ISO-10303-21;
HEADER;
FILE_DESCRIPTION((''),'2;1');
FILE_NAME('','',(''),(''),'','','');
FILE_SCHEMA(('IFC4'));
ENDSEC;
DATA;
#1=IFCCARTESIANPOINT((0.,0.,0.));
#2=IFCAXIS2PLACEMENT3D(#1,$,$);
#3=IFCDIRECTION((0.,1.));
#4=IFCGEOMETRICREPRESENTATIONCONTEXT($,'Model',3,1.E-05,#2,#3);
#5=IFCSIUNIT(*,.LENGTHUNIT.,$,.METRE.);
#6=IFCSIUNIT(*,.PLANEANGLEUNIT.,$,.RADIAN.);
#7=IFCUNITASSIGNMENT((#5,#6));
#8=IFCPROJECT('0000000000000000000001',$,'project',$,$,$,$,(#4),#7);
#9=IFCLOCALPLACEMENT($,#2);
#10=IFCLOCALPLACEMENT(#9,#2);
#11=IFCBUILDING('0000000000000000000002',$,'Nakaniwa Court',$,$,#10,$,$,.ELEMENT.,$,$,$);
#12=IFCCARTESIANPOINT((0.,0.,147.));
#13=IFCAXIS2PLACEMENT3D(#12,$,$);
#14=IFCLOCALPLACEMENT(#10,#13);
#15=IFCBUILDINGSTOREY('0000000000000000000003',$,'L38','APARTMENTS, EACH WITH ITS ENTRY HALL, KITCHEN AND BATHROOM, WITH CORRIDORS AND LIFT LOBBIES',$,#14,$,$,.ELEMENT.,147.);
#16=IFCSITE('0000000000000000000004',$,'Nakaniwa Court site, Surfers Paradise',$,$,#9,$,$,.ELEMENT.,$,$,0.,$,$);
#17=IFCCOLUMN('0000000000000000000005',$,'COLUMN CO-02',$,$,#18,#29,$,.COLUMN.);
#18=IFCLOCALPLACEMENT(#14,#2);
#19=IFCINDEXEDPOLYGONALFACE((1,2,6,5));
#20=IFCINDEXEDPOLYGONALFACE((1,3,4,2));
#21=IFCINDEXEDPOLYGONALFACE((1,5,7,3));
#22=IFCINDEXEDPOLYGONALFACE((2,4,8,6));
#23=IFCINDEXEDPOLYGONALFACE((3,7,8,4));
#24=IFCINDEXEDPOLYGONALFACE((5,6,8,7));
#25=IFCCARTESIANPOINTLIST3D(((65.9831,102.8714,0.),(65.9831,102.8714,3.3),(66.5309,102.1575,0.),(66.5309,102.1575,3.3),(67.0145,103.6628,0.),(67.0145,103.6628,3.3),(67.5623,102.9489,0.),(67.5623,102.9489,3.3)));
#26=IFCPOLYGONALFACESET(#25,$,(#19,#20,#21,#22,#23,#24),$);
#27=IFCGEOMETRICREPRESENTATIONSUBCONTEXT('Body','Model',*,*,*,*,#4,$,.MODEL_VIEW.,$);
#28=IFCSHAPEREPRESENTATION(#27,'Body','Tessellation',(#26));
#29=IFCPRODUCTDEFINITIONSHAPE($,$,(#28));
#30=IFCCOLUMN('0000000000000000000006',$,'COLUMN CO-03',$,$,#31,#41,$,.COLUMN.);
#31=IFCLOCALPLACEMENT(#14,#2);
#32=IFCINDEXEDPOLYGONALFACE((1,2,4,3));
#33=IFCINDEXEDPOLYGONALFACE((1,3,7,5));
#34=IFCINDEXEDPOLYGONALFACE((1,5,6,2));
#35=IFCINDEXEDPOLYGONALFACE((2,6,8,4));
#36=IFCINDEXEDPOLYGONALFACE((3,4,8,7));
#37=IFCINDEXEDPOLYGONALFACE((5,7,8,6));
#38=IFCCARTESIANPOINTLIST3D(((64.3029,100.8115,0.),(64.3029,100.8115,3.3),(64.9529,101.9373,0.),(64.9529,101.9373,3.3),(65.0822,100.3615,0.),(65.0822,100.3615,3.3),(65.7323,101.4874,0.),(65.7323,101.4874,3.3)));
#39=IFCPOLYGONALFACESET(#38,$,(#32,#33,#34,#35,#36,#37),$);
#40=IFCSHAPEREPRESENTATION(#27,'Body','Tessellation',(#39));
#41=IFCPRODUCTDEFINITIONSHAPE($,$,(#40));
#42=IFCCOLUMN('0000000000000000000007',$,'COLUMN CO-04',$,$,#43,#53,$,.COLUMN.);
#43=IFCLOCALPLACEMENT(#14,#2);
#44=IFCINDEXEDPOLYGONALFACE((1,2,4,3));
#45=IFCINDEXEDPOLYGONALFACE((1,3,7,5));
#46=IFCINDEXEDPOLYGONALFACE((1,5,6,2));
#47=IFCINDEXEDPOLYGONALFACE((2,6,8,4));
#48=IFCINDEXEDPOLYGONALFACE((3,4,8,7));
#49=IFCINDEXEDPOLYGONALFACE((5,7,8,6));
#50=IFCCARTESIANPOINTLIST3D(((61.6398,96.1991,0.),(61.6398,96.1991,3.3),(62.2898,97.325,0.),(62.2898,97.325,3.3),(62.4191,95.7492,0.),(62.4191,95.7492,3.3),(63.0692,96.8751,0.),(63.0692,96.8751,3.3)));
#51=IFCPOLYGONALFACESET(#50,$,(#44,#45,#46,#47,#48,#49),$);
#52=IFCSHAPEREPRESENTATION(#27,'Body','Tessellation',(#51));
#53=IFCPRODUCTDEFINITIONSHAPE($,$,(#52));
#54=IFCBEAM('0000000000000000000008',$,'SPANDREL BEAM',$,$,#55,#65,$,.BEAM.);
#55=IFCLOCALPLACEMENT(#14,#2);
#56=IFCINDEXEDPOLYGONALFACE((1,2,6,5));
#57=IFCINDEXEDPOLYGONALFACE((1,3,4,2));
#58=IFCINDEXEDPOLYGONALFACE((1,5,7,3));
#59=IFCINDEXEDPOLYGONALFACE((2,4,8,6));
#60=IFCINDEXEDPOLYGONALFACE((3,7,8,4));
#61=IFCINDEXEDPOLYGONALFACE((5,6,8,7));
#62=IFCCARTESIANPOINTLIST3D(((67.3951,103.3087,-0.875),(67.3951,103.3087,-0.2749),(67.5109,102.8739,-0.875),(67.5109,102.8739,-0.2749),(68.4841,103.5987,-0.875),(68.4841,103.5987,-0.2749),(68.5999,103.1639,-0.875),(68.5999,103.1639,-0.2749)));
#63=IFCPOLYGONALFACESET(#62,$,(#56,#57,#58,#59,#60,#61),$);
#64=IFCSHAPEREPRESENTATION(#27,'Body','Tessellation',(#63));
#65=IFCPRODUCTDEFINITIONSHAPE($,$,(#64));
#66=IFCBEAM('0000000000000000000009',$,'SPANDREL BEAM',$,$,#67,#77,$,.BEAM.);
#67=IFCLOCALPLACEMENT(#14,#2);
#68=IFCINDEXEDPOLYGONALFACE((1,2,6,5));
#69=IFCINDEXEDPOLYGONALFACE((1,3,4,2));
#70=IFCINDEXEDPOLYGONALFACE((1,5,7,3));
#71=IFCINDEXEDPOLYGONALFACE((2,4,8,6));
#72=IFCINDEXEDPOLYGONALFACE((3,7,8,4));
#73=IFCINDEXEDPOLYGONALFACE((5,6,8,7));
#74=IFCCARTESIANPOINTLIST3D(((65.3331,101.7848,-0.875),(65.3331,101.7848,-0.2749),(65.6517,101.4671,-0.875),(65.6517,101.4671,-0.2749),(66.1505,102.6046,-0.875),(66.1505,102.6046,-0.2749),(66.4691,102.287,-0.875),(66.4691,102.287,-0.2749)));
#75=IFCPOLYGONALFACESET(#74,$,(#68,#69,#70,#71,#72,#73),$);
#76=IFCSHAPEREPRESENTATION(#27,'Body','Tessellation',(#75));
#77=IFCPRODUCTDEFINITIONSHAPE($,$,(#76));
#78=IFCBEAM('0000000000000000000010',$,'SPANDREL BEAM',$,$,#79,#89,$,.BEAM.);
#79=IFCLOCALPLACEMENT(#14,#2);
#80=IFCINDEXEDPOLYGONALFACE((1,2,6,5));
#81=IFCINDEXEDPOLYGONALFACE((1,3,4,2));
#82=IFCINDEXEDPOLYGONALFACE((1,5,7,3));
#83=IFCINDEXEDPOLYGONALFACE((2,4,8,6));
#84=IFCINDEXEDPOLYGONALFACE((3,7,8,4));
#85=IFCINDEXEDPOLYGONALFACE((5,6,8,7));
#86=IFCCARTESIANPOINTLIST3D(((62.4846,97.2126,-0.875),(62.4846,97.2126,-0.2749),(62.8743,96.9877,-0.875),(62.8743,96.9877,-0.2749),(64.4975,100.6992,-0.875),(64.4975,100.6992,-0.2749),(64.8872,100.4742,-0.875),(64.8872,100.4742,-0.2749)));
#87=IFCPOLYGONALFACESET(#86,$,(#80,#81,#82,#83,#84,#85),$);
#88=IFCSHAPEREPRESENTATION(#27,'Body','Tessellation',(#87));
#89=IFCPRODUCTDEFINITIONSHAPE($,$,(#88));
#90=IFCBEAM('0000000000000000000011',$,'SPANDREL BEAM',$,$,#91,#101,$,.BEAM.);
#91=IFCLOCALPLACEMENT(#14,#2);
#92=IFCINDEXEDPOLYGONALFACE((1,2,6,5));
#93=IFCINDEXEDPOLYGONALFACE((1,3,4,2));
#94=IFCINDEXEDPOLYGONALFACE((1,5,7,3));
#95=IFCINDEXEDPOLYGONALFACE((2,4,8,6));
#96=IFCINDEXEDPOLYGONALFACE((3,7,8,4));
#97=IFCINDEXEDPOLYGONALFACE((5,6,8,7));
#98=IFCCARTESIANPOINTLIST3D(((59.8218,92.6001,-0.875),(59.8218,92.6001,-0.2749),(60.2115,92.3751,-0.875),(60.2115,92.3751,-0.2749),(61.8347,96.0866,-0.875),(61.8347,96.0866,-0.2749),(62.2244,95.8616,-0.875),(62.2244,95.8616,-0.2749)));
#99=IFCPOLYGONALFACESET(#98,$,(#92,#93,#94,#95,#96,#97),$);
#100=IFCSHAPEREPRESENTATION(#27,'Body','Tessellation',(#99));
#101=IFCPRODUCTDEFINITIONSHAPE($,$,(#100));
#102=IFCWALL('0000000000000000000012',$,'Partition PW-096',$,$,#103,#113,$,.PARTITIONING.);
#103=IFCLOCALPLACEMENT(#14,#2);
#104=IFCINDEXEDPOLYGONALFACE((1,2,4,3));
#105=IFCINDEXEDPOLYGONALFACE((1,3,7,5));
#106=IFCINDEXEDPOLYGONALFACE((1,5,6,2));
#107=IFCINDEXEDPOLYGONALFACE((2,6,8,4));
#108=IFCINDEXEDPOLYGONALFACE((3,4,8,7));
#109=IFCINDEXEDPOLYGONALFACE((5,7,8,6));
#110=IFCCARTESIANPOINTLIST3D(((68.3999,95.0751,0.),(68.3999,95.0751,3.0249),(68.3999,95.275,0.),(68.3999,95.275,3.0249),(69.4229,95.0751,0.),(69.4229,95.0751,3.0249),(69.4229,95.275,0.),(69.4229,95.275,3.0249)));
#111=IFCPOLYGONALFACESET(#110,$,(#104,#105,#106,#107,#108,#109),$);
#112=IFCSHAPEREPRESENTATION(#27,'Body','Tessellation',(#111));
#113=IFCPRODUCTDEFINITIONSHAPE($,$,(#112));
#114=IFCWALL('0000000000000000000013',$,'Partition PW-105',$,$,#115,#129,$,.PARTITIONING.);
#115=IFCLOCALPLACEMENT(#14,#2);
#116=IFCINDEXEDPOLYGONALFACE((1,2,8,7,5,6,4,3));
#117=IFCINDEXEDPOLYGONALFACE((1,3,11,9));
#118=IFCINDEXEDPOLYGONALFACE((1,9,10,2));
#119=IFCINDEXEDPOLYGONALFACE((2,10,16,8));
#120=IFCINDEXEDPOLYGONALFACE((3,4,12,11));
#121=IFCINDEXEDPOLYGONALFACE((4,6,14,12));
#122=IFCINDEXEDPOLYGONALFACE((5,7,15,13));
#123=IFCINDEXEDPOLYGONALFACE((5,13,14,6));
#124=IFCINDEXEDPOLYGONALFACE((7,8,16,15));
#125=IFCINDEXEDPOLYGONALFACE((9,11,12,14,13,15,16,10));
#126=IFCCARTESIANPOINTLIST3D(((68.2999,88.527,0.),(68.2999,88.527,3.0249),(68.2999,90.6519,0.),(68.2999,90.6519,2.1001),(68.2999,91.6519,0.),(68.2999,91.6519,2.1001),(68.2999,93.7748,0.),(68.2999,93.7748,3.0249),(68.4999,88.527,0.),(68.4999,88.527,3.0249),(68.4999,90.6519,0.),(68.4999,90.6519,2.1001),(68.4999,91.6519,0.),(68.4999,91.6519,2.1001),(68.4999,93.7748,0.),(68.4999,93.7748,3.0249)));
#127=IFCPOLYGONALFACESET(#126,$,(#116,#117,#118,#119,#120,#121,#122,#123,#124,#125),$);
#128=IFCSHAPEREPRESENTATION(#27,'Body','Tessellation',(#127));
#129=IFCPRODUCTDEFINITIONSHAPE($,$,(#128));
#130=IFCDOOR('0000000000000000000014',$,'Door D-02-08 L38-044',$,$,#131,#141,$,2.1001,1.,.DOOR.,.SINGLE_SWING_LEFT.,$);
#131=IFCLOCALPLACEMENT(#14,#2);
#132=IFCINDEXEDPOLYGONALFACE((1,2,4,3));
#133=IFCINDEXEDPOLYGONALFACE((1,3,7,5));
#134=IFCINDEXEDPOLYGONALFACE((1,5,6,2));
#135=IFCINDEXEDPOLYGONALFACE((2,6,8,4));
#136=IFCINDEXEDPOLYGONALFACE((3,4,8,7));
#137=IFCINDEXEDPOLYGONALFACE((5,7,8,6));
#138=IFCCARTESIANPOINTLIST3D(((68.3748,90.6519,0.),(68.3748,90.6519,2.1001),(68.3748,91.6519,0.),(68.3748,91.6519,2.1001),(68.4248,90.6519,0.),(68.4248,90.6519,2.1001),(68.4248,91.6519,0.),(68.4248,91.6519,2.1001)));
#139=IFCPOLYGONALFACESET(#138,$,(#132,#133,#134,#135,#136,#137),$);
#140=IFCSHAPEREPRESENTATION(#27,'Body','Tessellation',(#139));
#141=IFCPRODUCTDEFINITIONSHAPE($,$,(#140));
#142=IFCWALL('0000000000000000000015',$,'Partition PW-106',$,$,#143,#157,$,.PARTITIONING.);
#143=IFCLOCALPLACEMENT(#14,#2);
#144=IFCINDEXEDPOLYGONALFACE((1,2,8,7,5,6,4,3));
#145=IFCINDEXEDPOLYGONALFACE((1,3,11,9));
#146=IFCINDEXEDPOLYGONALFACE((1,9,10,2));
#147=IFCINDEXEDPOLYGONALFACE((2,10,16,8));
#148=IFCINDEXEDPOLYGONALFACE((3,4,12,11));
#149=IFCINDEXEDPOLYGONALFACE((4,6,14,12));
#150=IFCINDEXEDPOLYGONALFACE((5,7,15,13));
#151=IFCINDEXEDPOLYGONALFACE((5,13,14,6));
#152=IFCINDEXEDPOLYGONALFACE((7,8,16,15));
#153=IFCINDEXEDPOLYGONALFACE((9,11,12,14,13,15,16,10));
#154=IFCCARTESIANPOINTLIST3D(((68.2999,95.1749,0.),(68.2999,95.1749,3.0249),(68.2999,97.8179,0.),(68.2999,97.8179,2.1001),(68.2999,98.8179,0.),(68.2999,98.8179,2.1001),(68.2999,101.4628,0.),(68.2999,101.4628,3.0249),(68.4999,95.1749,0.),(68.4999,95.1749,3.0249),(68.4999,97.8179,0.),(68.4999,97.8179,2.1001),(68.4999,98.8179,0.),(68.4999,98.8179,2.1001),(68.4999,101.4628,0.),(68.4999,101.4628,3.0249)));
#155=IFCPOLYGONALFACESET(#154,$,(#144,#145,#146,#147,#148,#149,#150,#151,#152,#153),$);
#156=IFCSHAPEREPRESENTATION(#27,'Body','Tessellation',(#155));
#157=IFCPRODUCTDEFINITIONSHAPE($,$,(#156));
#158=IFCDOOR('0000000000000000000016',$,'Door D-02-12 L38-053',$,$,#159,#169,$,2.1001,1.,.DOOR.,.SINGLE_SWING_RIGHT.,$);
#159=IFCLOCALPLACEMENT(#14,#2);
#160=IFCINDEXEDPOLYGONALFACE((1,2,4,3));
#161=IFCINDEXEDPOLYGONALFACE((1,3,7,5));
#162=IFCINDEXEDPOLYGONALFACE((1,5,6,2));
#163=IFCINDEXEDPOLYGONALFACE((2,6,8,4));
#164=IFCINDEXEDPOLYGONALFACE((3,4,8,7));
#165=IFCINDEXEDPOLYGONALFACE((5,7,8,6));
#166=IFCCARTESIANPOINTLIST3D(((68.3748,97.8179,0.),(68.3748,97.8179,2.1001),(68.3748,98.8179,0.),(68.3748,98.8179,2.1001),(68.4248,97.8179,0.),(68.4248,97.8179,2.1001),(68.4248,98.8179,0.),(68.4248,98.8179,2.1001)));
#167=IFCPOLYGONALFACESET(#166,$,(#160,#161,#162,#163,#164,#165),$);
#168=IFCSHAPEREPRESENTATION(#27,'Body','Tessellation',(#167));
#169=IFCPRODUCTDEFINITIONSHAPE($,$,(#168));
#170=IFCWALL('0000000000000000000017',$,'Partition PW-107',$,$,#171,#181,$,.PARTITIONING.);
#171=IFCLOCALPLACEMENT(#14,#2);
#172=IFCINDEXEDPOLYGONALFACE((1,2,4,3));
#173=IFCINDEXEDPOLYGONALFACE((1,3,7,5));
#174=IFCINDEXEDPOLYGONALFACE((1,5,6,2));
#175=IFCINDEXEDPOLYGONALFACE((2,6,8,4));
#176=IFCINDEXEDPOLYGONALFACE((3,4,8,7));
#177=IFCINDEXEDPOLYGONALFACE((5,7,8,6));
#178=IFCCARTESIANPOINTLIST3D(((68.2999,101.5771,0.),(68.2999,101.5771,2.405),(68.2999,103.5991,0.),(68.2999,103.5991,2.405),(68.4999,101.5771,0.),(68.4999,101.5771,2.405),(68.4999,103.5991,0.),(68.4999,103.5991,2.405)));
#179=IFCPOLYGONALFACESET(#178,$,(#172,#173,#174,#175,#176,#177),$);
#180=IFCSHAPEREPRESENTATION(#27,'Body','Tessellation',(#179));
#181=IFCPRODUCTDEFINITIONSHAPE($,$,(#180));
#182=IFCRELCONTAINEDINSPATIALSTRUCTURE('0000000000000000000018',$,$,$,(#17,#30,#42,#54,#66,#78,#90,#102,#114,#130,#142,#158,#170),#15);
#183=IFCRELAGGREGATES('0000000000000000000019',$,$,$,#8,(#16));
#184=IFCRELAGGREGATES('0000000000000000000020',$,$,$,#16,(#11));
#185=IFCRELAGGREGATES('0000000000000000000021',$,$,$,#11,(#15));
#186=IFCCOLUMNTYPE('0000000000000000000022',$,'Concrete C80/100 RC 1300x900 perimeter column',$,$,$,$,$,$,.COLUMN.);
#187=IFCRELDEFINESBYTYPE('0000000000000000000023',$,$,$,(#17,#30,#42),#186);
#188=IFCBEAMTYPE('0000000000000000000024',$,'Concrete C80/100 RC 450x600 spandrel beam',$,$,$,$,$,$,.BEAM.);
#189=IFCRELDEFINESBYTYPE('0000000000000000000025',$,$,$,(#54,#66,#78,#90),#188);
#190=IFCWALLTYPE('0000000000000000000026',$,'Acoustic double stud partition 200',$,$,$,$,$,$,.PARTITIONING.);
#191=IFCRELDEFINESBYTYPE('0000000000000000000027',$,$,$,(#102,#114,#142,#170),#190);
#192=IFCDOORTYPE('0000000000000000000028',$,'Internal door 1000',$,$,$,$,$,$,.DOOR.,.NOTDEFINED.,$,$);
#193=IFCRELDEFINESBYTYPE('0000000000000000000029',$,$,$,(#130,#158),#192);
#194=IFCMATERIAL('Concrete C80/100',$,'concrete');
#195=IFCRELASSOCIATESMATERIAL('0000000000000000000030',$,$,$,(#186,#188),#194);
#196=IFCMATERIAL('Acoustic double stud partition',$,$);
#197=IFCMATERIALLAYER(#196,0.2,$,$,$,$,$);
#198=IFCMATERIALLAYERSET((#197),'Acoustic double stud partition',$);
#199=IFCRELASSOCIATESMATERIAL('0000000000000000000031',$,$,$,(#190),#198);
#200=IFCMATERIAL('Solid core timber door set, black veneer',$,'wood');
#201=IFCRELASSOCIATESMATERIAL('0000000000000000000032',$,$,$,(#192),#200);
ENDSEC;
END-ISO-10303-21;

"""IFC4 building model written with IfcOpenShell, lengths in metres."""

from ifc_helpers import new_model, si_unit, direction, frame, frame_2d, origin, origin_2d, place, context, subcontext, project, spatial, rectangle, extrude, material, layer, layer_set, material_profile, profile_set, type_object, element, fill, save


model = new_model("IFC4")

# Units and contexts
model_context = context("Model", 3, precision=1e-05, world=origin(), true_north=direction((0.0, 1.0)))
body_context = subcontext(model_context, "Body", "Model", "MODEL_VIEW")
ifc_project = project(units=[si_unit("LENGTHUNIT", "METRE"), si_unit("PLANEANGLEUNIT", "RADIAN")], contexts=[model_context])

# Site, building, storey
site_placement = place(None, origin())
site = spatial("IfcSite", under=ifc_project, at=site_placement, Name="Nakaniwa Court site, Surfers Paradise", CompositionType="ELEMENT", RefElevation=0.0)
building_placement = place(site_placement, origin())
building = spatial("IfcBuilding", under=site, at=building_placement, Name="Nakaniwa Court", CompositionType="ELEMENT")
storey_placement = place(building_placement, frame((0.0, 0.0, 147.0)))
storey = spatial("IfcBuildingStorey", under=building, at=storey_placement, Name="L38", Description="APARTMENTS, EACH WITH ITS ENTRY HALL, KITCHEN AND BATHROOM, WITH CORRIDORS AND LIFT LOBBIES", CompositionType="ELEMENT", Elevation=147.0)

# Columns
ifc_material_1 = material(Name="Concrete C80/100", Category="concrete")
ifc_material_profile_1 = material_profile(ifc_material_1, rectangle(XDim=1.3, YDim=0.8999, at=origin_2d()), Name="Concrete C80/100 RC 1300x900 perimeter column")
ifc_profile_set_1 = profile_set([ifc_material_profile_1], Name="Concrete C80/100")
column_type = type_object("IfcColumnType", Name="Concrete C80/100 RC 1300x900 perimeter column", PredefinedType="COLUMN", material=ifc_profile_set_1)
for number, where, z_axis, x_axis, name in (
    (1, (66.7727, 102.9102, 0.0), (0.0, 0.0, 1.0), (-0.793364, -0.608748, 0.0), "COLUMN CO-02"),
    (2, (65.0176, 101.1494, 0.0), (0.0, 0.0, 1.0), (-0.5, -0.866025, 0.0), "COLUMN CO-03"),
    (3, (62.3545, 96.5371, 0.0), (0.0, 0.0, 1.0), (-0.5, -0.866025, 0.0), "COLUMN CO-04"),
):
    element("IfcColumn", number, at=place(storey_placement, frame(where, z_axis=z_axis, x_axis=x_axis)), inside=storey, type_object=column_type, Name=name, PredefinedType="COLUMN", context=body_context, shape_type="SweptSolid", body=[
        extrude(rectangle(XDim=1.3, YDim=0.8999, at=origin_2d()), origin(), (0.0, 0.0, 1.0), 3.3),
    ])

# Beams
ifc_material_profile_2 = material_profile(ifc_material_1, rectangle(XDim=0.45, YDim=0.6001, at=origin_2d()), Name="Concrete C80/100 RC 450x600 spandrel beam")
ifc_profile_set_2 = profile_set([ifc_material_profile_2], Name="Concrete C80/100")
beam_type = type_object("IfcBeamType", Name="Concrete C80/100 RC 450x600 spandrel beam", PredefinedType="BEAM", material=ifc_profile_set_2)
beam_1_placement = place(storey_placement, frame((68.542, 103.3813, -0.575), z_axis=(-0.966321, -0.257339, 0.0), x_axis=(0.257339, -0.966321, 0.0)))
element("IfcBeam", 4, at=beam_1_placement, inside=storey, type_object=beam_type, Name="SPANDREL BEAM", PredefinedType="BEAM", context=body_context, shape_type="SweptSolid", body=[
    extrude(rectangle(XDim=0.45, YDim=0.6001, at=origin_2d()), origin(), (0.0, 0.0, 1.0), 1.127),
])
beam_2_placement = place(storey_placement, frame((66.3098, 102.4458, -0.575), z_axis=(-0.706052, -0.70816, 0.0), x_axis=(0.70816, -0.706052, 0.0)))
element("IfcBeam", 5, at=beam_2_placement, inside=storey, type_object=beam_type, Name="SPANDREL BEAM", PredefinedType="BEAM", context=body_context, shape_type="SweptSolid", body=[
    extrude(rectangle(XDim=0.45, YDim=0.6001, at=origin_2d()), origin(), (0.0, 0.0, 1.0), 1.1577),
])
for number, where, z_axis, x_axis, name in (
    (6, (64.6924, 100.5867, -0.575), (-0.499994, -0.866029, 0.0), (0.866029, -0.499994, 0.0), "SPANDREL BEAM"),
    (7, (62.0295, 95.9741, -0.575), (-0.499994, -0.866029, 0.0), (0.866029, -0.499994, 0.0), "SPANDREL BEAM"),
):
    element("IfcBeam", number, at=place(storey_placement, frame(where, z_axis=z_axis, x_axis=x_axis)), inside=storey, type_object=beam_type, Name=name, PredefinedType="BEAM", context=body_context, shape_type="SweptSolid", body=[
        extrude(rectangle(XDim=0.45, YDim=0.6001, at=origin_2d()), origin(), (0.0, 0.0, 1.0), 4.0259),
    ])

# Wall
ifc_material_2 = material(Name="Acoustic double stud partition")
ifc_layer_1 = layer(ifc_material_2, 0.2)
ifc_layer_set_1 = layer_set([ifc_layer_1], Name="Acoustic double stud partition")
wall_type_1 = type_object("IfcWallType", Name="Acoustic double stud partition 200", PredefinedType="PARTITIONING", material=ifc_layer_set_1)
wall_1_placement = place(storey_placement, frame((68.3999, 95.175, 0.0), z_axis=(0.0, 0.0, 1.0), x_axis=(1.0, 0.0, 0.0)))
element("IfcWall", 8, at=wall_1_placement, inside=storey, type_object=wall_type_1, Name="Partition PW-096", PredefinedType="PARTITIONING", context=body_context, shape_type="SweptSolid", body=[
    extrude(rectangle(XDim=1.0229, YDim=0.2, at=frame_2d((0.5115, 0.0))), origin(), (0.0, 0.0, 1.0), 3.0249),
])

# Walls, openings, doors
wall_2_placement = place(storey_placement, frame((68.3999, 93.7749, 0.0), z_axis=(0.0, 0.0, 1.0), x_axis=(0.0, -1.0, 0.0)))
wall_2 = element("IfcWall", 9, at=wall_2_placement, inside=storey, type_object=wall_type_1, Name="Partition PW-105", PredefinedType="PARTITIONING", context=body_context, shape_type="SweptSolid", body=[
    extrude(rectangle(XDim=5.2478, YDim=0.2, at=frame_2d((2.624, 0.0))), origin(), (0.0, 0.0, 1.0), 3.0249),
])
opening_1_placement = place(wall_2_placement, frame((2.123, 0.0, 0.0)))
opening_1 = element("IfcOpeningElement", 10, at=opening_1_placement, cuts=wall_2, PredefinedType="OPENING", context=body_context, shape_type="SweptSolid", body=[
    extrude(rectangle(XDim=1.0, YDim=2.1001, at=frame_2d((0.5, 1.05))), frame((0.0, 0.1099, 0.0), z_axis=(0.0, -1.0, 0.0), x_axis=(1.0, 0.0, 0.0)), (0.0, 0.0, 1.0), 0.22),
])
ifc_material_3 = material(Name="Solid core timber door set, black veneer", Category="wood")
door_type_1 = type_object("IfcDoorType", Name="Internal door 1000", OperationType="NOTDEFINED", PredefinedType="DOOR", material=ifc_material_3)
door_1_placement = place(opening_1_placement, origin())
door_1 = element("IfcDoor", 11, at=door_1_placement, inside=storey, type_object=door_type_1, Name="Door D-02-08 L38-044", OperationType="SINGLE_SWING_LEFT", OverallHeight=2.1001, OverallWidth=1.0, PredefinedType="DOOR", context=body_context, shape_type="SweptSolid", body=[
    extrude(rectangle(XDim=1.0, YDim=2.1001, at=frame_2d((0.5, 1.05))), frame((0.0, 0.0249, 0.0), z_axis=(0.0, -1.0, 0.0), x_axis=(1.0, 0.0, 0.0)), (0.0, 0.0, 1.0), 0.05),
])
fill(opening_1, door_1)
wall_3_placement = place(storey_placement, frame((68.3999, 101.4629, 0.0), z_axis=(0.0, 0.0, 1.0), x_axis=(0.0, -1.0, 0.0)))
wall_3 = element("IfcWall", 12, at=wall_3_placement, inside=storey, type_object=wall_type_1, Name="Partition PW-106", PredefinedType="PARTITIONING", context=body_context, shape_type="SweptSolid", body=[
    extrude(rectangle(XDim=6.2878, YDim=0.2, at=frame_2d((3.144, 0.0))), origin(), (0.0, 0.0, 1.0), 3.0249),
])
opening_2_placement = place(wall_3_placement, frame((2.645, 0.0, 0.0)))
opening_2 = element("IfcOpeningElement", 13, at=opening_2_placement, cuts=wall_3, PredefinedType="OPENING", context=body_context, shape_type="SweptSolid", body=[
    extrude(rectangle(XDim=1.0, YDim=2.1001, at=frame_2d((0.5, 1.05))), frame((0.0, 0.1099, 0.0), z_axis=(0.0, -1.0, 0.0), x_axis=(1.0, 0.0, 0.0)), (0.0, 0.0, 1.0), 0.22),
])
door_2_placement = place(opening_2_placement, origin())
door_2 = element("IfcDoor", 14, at=door_2_placement, inside=storey, type_object=door_type_1, Name="Door D-02-12 L38-053", OperationType="SINGLE_SWING_RIGHT", OverallHeight=2.1001, OverallWidth=1.0, PredefinedType="DOOR", context=body_context, shape_type="SweptSolid", body=[
    extrude(rectangle(XDim=1.0, YDim=2.1001, at=frame_2d((0.5, 1.05))), frame((0.0, 0.0249, 0.0), z_axis=(0.0, -1.0, 0.0), x_axis=(1.0, 0.0, 0.0)), (0.0, 0.0, 1.0), 0.05),
])
fill(opening_2, door_2)

# Wall
wall_4_placement = place(storey_placement, frame((68.3999, 101.5771, 0.0), z_axis=(0.0, 0.0, 1.0), x_axis=(0.0, 1.0, 0.0)))
element("IfcWall", 15, at=wall_4_placement, inside=storey, type_object=wall_type_1, Name="Partition PW-107", PredefinedType="PARTITIONING", context=body_context, shape_type="SweptSolid", body=[
    extrude(rectangle(XDim=2.022, YDim=0.2, at=frame_2d((1.011, 0.0))), origin(), (0.0, 0.0, 1.0), 2.405),
])

save(model, "model.ifc")
